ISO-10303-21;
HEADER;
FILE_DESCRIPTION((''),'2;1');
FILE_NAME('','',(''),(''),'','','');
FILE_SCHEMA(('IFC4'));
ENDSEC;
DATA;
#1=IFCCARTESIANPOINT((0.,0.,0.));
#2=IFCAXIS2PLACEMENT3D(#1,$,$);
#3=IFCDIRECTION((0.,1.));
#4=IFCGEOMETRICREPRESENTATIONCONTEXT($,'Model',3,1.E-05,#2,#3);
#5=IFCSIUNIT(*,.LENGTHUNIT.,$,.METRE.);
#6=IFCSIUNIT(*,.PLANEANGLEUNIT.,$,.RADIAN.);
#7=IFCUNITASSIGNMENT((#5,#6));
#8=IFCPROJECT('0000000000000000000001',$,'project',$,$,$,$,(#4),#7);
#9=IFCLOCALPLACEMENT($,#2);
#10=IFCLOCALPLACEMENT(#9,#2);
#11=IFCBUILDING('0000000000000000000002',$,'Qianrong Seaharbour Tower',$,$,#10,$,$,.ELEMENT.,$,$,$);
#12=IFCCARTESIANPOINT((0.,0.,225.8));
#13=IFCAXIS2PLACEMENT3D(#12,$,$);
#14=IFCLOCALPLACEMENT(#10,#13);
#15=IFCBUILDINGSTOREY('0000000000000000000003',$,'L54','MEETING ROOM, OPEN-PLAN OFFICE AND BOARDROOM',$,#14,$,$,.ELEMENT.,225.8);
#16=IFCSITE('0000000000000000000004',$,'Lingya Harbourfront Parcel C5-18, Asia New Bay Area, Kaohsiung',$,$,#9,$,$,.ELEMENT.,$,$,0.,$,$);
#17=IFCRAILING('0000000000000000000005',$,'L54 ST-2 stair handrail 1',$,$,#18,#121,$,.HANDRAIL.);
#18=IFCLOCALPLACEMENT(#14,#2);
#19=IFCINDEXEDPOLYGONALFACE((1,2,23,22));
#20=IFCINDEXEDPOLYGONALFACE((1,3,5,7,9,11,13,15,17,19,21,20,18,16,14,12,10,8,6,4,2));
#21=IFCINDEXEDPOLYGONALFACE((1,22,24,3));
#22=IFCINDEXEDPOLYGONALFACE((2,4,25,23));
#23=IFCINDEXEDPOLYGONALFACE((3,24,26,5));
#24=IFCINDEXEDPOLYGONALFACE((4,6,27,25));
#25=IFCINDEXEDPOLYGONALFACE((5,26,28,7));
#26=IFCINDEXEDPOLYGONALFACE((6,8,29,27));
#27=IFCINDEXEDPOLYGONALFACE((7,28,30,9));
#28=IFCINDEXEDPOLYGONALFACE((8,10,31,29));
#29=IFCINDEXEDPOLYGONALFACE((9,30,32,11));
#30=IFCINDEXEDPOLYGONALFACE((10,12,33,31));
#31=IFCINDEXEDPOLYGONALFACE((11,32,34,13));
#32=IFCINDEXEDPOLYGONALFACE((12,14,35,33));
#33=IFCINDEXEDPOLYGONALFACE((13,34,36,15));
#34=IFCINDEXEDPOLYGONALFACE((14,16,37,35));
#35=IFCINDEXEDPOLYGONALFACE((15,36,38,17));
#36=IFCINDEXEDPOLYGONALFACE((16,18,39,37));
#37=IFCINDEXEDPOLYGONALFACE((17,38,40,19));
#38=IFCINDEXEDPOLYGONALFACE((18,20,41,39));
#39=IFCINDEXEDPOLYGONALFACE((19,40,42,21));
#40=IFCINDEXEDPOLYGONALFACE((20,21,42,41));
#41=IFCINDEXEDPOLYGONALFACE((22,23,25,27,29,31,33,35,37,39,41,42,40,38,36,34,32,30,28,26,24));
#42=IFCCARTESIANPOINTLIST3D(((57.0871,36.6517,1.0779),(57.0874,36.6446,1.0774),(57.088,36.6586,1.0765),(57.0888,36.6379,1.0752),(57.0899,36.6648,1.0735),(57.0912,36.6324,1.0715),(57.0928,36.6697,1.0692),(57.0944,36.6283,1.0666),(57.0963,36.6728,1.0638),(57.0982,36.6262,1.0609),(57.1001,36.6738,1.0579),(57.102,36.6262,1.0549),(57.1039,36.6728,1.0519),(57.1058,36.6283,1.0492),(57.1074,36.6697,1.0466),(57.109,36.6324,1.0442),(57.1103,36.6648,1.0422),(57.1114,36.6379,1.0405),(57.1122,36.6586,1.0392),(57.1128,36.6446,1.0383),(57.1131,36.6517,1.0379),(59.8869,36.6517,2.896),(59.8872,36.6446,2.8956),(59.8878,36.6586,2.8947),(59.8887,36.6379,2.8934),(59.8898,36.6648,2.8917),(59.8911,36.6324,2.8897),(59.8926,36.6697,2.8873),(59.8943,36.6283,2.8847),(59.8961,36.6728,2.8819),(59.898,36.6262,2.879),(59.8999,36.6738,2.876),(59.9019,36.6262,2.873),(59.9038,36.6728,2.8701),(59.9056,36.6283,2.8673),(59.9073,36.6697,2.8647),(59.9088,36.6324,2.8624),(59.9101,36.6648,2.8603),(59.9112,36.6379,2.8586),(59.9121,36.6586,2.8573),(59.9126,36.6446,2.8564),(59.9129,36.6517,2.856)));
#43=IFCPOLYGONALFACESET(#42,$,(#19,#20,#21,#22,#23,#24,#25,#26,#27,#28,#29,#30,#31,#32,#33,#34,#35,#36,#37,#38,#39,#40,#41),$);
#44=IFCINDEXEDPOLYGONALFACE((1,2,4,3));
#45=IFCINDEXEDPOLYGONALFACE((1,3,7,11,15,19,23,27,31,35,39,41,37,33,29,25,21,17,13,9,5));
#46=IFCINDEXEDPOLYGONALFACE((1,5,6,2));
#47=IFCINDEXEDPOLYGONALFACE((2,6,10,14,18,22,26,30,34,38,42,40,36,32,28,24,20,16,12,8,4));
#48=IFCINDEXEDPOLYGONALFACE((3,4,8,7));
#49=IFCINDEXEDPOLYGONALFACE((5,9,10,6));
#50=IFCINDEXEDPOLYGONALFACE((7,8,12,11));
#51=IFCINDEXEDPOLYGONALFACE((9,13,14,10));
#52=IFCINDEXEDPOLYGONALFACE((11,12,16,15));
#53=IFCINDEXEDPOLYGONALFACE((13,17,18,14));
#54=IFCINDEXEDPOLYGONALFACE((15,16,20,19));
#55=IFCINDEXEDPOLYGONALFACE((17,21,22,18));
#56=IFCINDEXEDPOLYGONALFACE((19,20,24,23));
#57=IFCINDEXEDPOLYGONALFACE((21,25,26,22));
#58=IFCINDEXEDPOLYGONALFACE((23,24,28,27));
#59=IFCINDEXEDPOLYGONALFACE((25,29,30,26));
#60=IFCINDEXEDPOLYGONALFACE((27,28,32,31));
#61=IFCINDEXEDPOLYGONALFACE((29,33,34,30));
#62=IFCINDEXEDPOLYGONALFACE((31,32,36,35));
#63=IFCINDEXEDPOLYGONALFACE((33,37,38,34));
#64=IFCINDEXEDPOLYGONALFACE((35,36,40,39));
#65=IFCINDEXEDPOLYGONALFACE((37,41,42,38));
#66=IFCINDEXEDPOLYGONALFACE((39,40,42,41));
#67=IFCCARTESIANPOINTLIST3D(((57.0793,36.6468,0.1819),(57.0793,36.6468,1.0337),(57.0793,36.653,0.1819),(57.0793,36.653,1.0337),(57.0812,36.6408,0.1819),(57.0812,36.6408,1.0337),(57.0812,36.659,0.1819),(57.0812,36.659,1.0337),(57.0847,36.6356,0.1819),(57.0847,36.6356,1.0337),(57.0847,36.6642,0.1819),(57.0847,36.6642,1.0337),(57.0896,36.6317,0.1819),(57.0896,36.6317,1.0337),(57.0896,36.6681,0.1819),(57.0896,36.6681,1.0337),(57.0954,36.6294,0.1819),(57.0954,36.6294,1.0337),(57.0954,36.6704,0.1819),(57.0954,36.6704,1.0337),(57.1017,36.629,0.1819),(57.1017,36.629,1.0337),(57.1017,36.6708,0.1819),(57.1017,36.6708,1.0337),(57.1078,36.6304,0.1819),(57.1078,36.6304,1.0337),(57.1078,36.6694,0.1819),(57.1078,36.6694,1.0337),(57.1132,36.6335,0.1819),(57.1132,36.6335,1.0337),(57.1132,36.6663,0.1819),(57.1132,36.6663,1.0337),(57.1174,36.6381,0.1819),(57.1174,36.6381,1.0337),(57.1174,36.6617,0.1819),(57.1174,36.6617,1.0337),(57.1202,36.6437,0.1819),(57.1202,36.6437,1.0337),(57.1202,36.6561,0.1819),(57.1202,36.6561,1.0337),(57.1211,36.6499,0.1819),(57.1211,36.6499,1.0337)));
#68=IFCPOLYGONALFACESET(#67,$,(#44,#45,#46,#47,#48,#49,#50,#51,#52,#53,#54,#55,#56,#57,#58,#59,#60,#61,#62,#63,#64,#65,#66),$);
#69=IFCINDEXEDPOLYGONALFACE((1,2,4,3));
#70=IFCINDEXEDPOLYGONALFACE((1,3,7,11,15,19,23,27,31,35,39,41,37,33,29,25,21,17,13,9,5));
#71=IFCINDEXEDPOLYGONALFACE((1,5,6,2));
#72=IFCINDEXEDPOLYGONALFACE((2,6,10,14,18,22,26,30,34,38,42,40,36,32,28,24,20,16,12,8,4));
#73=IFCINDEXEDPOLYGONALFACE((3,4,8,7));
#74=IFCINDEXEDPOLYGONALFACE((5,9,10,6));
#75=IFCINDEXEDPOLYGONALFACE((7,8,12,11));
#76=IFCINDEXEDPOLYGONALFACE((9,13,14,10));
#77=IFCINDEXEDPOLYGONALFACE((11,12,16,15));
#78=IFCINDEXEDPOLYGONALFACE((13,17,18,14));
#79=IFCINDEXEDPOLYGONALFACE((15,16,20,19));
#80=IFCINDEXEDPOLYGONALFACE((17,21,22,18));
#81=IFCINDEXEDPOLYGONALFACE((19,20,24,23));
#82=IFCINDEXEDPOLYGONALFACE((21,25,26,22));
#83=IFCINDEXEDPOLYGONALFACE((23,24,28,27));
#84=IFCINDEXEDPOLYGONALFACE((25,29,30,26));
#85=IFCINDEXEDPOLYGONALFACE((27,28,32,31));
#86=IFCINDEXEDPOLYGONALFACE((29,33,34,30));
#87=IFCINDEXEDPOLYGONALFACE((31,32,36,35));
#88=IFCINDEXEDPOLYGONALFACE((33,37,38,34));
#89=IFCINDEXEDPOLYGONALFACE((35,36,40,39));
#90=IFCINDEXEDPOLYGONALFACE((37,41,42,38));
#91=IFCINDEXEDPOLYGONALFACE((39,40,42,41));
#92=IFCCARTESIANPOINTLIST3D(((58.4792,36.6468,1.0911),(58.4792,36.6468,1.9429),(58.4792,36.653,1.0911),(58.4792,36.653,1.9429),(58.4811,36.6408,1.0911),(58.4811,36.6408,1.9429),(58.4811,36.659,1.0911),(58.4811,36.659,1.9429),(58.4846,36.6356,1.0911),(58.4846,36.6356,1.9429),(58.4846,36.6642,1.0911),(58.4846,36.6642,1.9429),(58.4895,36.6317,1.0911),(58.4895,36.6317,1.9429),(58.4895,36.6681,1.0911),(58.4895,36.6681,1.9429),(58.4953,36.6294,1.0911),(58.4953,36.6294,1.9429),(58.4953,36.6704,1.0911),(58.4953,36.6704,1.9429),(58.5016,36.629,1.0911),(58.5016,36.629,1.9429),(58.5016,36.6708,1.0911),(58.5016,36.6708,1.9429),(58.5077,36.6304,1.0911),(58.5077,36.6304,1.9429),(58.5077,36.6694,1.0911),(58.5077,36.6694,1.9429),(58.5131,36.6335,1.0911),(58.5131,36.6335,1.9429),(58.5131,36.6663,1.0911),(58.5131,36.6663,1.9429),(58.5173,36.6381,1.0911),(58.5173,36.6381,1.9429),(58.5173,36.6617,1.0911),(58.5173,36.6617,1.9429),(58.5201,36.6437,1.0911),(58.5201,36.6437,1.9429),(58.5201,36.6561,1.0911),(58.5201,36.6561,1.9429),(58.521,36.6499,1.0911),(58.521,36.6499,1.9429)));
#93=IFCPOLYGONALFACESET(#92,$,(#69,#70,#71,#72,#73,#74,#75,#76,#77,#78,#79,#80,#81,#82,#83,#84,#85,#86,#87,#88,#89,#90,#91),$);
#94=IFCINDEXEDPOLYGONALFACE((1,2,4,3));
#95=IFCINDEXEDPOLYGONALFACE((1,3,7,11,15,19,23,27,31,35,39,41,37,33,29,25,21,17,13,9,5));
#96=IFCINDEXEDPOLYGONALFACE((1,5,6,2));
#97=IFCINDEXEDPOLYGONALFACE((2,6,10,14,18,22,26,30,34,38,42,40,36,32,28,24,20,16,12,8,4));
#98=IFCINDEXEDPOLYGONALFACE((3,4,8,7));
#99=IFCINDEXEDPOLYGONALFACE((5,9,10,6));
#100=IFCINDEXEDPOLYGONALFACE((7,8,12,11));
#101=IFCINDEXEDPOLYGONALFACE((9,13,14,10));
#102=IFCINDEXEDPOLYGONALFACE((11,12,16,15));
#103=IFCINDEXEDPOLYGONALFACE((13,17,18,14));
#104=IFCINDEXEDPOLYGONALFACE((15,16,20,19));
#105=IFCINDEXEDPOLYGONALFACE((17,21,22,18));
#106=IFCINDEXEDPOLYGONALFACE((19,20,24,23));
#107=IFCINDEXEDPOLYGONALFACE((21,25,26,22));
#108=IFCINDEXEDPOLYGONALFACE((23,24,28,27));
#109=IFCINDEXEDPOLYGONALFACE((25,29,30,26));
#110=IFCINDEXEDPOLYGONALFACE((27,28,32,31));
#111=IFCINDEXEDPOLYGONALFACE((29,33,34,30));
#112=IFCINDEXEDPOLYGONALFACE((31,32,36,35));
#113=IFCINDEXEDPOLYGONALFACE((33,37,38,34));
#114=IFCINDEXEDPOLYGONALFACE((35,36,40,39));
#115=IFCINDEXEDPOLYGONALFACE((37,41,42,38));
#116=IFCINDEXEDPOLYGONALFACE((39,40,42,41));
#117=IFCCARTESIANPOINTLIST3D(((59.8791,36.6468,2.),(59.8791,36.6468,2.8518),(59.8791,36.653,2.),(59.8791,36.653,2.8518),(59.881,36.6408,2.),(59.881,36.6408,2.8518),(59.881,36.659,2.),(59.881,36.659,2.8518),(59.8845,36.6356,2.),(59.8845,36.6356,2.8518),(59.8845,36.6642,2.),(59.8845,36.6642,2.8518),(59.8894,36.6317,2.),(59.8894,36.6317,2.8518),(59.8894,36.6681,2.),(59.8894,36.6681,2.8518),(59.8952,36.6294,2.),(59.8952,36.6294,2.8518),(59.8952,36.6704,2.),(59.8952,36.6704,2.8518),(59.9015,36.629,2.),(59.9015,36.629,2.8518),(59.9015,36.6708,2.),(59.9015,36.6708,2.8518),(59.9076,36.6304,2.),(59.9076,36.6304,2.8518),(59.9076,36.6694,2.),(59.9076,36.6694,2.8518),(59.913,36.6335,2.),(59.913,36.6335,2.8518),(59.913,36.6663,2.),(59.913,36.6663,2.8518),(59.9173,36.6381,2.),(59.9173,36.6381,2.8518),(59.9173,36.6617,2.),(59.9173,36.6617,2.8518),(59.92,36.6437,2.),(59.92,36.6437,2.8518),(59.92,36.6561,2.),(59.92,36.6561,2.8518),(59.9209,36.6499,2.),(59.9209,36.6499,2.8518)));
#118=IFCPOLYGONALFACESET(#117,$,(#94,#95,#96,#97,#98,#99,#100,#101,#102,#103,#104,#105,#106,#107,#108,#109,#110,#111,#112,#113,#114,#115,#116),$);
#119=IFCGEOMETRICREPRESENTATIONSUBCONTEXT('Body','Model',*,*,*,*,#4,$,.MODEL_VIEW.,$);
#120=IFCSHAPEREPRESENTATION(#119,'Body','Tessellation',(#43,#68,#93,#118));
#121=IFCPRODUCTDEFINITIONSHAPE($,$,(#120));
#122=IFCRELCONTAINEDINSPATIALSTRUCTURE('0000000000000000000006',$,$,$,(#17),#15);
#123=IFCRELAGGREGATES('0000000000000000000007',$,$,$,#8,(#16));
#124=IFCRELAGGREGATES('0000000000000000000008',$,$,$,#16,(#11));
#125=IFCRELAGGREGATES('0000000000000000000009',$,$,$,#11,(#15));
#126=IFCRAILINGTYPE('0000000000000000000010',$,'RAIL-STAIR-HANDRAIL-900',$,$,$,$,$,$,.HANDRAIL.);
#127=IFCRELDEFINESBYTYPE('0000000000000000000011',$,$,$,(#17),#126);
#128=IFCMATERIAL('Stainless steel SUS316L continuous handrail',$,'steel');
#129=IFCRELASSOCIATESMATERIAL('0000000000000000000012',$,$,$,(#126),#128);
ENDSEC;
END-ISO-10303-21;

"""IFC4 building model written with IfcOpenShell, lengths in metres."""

from ifc_helpers import new_model, si_unit, direction, frame, origin, origin_2d, place, context, subcontext, project, spatial, circle, extrude, material, type_object, element, save


model = new_model("IFC4")

# Units and contexts
model_context = context("Model", 3, precision=1e-05, world=origin(), true_north=direction((0.0, 1.0)))
body_context = subcontext(model_context, "Body", "Model", "MODEL_VIEW")
ifc_project = project(units=[si_unit("LENGTHUNIT", "METRE"), si_unit("PLANEANGLEUNIT", "RADIAN")], contexts=[model_context])

# Site, building, storey
site_placement = place(None, origin())
site = spatial("IfcSite", under=ifc_project, at=site_placement, Name="Lingya Harbourfront Parcel C5-18, Asia New Bay Area, Kaohsiung", CompositionType="ELEMENT", RefElevation=0.0)
building_placement = place(site_placement, origin())
building = spatial("IfcBuilding", under=site, at=building_placement, Name="Qianrong Seaharbour Tower", CompositionType="ELEMENT")
storey_placement = place(building_placement, frame((0.0, 0.0, 225.8)))
storey = spatial("IfcBuildingStorey", under=building, at=storey_placement, Name="L54", Description="MEETING ROOM, OPEN-PLAN OFFICE AND BOARDROOM", CompositionType="ELEMENT", Elevation=225.8)

# Railing
ifc_material_1 = material(Name="Stainless steel SUS316L continuous handrail", Category="steel")
railing_type_1 = type_object("IfcRailingType", Name="RAIL-STAIR-HANDRAIL-900", PredefinedType="HANDRAIL", material=ifc_material_1)
railing_1_placement = place(storey_placement, frame((57.1001, 36.6499, 0.1819)))
element("IfcRailing", 1, at=railing_1_placement, inside=storey, type_object=railing_type_1, Name="L54 ST-2 stair handrail 1", PredefinedType="HANDRAIL", context=body_context, shape_type="SweptSolid", body=[
    extrude(circle(Radius=0.0239, at=origin_2d()), frame((0.0, 0.0, 0.876), z_axis=(0.838684, 0.0, 0.544618), x_axis=(0.0, 1.0, 0.0)), (0.0, 0.0, 1.0), 3.3384),
    extrude(circle(Radius=0.021, at=origin_2d()), origin(), (0.0, 0.0, 1.0), 0.8518),
    extrude(circle(Radius=0.021, at=origin_2d()), frame((1.3999, 0.0, 0.9092)), (0.0, 0.0, 1.0), 0.8518),
    extrude(circle(Radius=0.021, at=origin_2d()), frame((2.7998, 0.0, 1.8181)), (0.0, 0.0, 1.0), 0.8518),
])

save(model, "model.ifc")
